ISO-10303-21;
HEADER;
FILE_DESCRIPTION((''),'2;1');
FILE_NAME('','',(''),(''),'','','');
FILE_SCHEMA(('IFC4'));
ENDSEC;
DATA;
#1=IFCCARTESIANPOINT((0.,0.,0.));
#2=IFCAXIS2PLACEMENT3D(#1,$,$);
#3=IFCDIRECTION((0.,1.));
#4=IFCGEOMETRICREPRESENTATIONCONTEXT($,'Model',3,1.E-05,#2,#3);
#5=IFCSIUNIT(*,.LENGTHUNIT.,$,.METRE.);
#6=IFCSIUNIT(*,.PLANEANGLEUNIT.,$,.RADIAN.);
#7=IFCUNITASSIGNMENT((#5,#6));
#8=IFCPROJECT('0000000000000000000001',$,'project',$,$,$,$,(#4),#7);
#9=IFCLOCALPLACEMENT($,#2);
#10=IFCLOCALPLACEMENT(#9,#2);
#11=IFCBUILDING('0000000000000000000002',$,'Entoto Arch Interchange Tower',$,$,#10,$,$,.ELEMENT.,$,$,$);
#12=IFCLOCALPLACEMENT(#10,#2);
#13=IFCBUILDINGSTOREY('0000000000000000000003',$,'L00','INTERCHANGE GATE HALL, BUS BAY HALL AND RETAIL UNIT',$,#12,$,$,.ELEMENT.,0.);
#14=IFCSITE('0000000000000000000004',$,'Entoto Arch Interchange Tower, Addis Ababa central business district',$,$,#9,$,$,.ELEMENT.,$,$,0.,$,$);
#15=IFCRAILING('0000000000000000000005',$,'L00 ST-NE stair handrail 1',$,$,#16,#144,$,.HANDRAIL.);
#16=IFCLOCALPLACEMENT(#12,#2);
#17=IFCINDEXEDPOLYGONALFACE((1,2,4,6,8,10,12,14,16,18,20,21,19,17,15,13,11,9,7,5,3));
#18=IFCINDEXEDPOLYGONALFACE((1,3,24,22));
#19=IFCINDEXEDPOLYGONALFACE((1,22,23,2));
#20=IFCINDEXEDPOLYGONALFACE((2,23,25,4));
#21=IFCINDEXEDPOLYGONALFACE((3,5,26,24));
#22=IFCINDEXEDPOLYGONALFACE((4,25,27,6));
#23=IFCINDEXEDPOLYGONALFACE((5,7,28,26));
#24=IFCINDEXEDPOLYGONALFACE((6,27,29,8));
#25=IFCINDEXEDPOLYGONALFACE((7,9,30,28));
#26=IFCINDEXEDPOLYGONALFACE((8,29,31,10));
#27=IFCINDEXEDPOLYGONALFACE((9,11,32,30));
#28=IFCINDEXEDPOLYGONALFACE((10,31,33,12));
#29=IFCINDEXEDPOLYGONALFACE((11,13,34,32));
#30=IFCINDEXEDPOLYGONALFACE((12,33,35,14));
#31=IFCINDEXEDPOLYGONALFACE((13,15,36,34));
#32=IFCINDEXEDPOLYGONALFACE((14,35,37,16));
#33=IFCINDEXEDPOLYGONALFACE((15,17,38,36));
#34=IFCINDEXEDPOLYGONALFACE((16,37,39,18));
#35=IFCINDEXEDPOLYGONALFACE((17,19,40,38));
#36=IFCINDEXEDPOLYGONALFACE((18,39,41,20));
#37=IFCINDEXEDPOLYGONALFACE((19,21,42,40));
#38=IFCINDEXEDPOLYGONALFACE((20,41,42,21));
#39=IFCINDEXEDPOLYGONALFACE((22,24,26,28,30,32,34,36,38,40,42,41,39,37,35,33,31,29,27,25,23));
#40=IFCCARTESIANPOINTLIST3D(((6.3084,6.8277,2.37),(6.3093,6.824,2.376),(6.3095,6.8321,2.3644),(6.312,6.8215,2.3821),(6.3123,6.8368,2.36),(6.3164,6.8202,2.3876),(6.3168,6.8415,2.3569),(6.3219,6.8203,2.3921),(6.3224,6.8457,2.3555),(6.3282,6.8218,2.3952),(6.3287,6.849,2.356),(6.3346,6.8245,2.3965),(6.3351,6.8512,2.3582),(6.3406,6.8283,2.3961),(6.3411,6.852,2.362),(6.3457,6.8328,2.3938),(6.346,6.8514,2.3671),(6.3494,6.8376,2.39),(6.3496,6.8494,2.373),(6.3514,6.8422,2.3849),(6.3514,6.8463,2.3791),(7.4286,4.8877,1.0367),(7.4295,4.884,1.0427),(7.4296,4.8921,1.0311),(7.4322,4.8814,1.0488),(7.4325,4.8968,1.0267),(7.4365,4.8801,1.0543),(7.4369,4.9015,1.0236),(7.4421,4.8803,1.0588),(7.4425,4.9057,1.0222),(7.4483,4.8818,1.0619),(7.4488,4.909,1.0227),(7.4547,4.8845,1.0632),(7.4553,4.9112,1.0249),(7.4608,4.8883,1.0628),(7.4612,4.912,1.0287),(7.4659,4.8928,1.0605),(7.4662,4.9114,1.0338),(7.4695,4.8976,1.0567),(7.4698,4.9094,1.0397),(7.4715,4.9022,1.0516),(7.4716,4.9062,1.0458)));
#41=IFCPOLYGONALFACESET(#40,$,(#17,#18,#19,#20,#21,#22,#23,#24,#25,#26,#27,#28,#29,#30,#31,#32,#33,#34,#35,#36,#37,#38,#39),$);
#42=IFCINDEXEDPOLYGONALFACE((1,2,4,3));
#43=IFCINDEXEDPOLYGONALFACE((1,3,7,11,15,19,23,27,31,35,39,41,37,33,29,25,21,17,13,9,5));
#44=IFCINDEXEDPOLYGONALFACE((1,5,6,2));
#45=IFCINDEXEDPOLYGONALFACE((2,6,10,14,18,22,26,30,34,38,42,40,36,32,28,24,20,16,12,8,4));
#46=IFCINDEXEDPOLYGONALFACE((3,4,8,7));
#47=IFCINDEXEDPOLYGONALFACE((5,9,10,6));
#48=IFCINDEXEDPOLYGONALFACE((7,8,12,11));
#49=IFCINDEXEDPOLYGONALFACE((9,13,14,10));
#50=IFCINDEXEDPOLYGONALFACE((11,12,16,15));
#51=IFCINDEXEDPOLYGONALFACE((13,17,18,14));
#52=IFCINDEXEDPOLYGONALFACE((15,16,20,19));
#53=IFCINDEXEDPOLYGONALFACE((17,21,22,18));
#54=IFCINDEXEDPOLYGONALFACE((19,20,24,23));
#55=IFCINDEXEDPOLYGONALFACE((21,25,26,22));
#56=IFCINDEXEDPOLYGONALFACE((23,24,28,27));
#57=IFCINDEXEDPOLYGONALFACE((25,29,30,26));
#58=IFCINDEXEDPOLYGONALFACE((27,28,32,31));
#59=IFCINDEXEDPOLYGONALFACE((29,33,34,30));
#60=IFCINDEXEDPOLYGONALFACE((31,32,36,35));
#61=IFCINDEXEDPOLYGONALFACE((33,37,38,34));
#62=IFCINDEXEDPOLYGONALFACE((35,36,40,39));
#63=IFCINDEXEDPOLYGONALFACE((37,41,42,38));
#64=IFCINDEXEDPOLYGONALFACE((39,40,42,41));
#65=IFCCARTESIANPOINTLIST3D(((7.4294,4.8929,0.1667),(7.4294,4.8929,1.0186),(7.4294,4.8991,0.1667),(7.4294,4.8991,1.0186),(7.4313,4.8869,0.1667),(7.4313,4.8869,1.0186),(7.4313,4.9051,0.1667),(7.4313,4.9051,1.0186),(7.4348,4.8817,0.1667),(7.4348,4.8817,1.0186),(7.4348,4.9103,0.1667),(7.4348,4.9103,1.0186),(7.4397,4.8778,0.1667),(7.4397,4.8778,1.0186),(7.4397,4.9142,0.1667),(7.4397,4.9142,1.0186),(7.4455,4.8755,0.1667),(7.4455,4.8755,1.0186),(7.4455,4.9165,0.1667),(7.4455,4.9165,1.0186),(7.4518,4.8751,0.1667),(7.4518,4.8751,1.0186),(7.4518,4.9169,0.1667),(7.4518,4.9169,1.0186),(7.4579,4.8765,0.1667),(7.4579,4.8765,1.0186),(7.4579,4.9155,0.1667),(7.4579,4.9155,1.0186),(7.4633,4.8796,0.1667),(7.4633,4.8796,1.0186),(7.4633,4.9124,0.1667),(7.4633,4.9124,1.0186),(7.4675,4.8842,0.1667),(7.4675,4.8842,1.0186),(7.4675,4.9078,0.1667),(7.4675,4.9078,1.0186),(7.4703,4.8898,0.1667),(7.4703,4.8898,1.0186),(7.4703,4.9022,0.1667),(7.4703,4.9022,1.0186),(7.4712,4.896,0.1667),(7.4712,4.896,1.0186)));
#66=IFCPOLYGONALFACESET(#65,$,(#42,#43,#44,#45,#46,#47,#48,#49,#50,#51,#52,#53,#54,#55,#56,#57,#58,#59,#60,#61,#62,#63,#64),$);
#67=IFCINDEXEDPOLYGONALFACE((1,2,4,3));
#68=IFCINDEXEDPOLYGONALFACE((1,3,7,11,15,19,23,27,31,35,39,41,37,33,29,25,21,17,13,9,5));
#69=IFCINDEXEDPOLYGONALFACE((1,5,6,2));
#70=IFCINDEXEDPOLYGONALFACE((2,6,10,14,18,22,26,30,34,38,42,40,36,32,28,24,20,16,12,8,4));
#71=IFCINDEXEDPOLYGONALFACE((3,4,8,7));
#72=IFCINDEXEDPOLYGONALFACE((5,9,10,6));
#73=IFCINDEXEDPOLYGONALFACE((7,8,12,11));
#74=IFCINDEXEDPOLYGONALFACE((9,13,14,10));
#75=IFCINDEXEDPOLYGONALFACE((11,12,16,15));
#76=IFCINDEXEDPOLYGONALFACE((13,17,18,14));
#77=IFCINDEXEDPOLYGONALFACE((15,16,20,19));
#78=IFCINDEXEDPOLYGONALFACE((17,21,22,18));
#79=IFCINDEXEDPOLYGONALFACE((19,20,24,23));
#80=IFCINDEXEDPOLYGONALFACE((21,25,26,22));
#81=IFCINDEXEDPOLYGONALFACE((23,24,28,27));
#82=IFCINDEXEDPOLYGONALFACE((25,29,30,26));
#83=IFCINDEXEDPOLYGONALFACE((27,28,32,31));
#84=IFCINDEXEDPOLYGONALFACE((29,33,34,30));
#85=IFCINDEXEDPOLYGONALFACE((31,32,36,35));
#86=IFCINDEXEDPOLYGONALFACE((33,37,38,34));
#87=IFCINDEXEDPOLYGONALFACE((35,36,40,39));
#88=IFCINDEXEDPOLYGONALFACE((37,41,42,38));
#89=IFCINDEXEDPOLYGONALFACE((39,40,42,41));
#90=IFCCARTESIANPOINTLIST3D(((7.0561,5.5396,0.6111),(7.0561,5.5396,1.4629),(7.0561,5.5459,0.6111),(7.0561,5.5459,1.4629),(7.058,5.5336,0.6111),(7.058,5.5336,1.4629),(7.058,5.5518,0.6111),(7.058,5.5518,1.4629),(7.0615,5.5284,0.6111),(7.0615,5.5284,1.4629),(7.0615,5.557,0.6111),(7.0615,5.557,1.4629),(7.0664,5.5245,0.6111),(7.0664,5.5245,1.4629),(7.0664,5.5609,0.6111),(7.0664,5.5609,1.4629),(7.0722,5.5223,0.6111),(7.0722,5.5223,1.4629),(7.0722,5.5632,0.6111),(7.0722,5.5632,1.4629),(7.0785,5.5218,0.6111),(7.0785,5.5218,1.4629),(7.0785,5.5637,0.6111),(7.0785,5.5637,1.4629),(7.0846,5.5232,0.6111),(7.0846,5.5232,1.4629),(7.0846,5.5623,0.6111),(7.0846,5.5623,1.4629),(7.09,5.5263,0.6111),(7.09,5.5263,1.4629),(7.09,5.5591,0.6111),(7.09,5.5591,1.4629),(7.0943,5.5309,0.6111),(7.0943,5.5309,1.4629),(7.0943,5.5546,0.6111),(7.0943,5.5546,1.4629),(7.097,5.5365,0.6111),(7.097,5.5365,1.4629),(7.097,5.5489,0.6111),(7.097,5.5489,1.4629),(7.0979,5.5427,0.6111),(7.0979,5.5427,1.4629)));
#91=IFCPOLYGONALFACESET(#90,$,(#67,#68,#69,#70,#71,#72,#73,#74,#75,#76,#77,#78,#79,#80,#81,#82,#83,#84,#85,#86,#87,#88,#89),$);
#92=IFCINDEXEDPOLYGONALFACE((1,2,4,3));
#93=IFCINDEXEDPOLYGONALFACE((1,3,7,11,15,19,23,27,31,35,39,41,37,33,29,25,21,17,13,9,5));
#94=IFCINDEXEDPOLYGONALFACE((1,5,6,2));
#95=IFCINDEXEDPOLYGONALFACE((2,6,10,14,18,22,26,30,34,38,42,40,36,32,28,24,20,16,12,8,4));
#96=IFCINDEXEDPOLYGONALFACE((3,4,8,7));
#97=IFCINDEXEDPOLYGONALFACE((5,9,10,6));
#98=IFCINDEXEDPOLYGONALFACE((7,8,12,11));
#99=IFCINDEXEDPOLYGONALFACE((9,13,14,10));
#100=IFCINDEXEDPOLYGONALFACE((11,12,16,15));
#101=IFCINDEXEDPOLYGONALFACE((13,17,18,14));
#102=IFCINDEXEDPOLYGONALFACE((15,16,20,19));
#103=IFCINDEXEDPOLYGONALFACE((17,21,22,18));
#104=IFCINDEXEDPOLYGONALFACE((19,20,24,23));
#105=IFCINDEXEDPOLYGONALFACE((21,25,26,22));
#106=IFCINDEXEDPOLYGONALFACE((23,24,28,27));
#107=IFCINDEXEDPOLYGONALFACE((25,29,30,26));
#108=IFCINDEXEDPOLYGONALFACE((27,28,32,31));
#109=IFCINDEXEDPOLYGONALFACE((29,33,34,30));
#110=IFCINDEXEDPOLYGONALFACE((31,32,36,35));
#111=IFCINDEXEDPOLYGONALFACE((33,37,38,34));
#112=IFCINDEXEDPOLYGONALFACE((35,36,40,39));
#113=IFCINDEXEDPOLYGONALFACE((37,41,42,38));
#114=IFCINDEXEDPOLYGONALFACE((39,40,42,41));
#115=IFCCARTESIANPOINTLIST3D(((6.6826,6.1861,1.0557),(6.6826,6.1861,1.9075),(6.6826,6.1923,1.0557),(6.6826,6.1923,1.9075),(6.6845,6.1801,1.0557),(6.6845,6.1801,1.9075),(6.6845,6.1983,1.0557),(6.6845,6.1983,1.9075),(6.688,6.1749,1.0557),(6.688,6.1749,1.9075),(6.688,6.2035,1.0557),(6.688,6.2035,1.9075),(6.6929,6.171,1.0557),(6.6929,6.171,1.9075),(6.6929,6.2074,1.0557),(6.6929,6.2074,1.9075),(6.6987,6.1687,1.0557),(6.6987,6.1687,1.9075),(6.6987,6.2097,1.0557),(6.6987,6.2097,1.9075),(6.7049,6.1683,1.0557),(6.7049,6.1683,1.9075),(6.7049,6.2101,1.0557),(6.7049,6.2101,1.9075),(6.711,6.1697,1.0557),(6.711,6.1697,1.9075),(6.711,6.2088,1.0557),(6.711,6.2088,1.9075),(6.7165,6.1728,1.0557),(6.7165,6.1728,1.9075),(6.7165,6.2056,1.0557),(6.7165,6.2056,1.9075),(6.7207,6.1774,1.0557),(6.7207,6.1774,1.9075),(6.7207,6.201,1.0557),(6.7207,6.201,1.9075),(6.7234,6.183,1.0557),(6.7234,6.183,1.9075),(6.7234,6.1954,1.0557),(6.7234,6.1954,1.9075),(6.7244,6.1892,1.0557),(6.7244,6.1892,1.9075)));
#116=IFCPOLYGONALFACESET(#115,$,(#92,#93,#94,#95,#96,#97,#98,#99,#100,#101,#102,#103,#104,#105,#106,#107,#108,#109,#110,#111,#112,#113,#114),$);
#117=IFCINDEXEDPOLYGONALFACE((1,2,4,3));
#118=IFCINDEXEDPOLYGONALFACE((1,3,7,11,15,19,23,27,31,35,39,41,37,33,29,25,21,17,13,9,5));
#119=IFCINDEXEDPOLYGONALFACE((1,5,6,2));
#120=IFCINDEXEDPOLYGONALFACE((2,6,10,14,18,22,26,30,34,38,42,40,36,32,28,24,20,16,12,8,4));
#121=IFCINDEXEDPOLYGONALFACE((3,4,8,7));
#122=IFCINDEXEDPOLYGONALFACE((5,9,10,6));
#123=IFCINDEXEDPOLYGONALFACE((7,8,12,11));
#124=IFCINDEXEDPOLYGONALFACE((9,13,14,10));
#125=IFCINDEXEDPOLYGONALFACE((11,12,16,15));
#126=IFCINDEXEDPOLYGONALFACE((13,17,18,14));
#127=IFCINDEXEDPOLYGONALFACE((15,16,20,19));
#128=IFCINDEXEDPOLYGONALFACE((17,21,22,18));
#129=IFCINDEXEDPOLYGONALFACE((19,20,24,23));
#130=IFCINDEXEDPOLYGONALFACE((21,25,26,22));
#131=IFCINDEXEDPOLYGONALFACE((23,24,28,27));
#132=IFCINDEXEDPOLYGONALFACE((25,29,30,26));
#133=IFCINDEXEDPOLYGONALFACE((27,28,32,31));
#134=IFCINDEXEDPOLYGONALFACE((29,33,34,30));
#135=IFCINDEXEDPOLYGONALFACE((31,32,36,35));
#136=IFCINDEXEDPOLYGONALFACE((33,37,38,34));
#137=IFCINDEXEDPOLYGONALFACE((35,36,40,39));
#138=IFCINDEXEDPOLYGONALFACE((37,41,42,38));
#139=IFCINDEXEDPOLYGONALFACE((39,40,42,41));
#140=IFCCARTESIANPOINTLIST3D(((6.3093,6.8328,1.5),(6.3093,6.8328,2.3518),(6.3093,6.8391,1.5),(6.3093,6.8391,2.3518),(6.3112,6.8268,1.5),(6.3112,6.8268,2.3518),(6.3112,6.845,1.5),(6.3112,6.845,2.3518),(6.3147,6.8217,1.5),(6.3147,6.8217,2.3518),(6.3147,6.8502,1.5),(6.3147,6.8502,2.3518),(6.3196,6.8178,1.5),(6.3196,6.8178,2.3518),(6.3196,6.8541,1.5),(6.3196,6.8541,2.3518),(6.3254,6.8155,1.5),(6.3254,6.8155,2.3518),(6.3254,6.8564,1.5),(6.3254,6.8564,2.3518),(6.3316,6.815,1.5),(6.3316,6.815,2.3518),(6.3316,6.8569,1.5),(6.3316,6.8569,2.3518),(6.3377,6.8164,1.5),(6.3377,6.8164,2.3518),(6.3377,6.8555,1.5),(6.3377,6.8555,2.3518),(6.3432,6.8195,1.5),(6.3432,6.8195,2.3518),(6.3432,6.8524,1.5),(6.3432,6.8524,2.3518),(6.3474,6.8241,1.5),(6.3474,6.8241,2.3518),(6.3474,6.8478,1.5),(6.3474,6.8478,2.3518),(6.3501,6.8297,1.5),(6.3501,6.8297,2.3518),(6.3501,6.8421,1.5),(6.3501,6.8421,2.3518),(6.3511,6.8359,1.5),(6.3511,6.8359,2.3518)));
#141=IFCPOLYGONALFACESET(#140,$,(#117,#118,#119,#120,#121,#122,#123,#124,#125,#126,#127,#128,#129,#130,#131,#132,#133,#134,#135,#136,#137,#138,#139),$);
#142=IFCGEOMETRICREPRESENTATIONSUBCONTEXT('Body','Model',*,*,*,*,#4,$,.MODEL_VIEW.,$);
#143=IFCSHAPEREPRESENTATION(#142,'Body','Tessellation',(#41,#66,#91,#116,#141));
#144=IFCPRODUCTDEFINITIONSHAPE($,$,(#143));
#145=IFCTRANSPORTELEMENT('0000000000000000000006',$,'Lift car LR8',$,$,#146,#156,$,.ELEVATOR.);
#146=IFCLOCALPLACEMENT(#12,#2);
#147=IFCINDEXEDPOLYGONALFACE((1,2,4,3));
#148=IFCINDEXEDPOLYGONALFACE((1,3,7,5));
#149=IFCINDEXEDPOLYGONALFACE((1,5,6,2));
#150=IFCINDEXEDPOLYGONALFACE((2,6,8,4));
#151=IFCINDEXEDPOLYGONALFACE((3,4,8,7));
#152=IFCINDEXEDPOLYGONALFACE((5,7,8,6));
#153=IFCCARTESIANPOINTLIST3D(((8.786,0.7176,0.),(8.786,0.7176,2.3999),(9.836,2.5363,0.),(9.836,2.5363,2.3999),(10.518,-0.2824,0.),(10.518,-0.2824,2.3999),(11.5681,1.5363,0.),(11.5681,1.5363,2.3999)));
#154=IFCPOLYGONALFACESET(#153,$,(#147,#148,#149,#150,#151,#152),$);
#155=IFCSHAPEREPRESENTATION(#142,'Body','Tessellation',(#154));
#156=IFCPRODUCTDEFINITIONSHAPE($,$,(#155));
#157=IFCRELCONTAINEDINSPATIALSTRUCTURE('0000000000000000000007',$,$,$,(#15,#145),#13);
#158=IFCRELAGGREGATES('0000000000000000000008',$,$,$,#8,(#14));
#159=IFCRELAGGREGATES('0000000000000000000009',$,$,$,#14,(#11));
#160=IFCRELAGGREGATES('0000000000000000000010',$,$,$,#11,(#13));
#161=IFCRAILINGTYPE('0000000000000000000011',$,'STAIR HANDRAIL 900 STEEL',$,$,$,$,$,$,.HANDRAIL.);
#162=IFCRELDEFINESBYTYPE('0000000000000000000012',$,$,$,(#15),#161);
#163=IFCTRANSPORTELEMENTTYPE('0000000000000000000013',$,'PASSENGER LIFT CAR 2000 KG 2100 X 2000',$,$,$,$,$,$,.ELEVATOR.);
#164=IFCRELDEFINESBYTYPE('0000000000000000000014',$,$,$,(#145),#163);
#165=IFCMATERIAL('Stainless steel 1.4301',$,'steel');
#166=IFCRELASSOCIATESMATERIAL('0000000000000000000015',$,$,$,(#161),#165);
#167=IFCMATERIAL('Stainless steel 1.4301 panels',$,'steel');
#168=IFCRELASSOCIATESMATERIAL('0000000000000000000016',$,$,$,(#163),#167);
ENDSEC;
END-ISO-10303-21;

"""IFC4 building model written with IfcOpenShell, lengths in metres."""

from ifc_helpers import new_model, si_unit, direction, frame, origin, origin_2d, place, context, subcontext, project, spatial, rectangle, circle, extrude, material, type_object, element, save


model = new_model("IFC4")

# Units and contexts
model_context = context("Model", 3, precision=1e-05, world=origin(), true_north=direction((0.0, 1.0)))
body_context = subcontext(model_context, "Body", "Model", "MODEL_VIEW")
ifc_project = project(units=[si_unit("LENGTHUNIT", "METRE"), si_unit("PLANEANGLEUNIT", "RADIAN")], contexts=[model_context])

# Site, building, storey
site_placement = place(None, origin())
site = spatial("IfcSite", under=ifc_project, at=site_placement, Name="Entoto Arch Interchange Tower, Addis Ababa central business district", CompositionType="ELEMENT", RefElevation=0.0)
building_placement = place(site_placement, origin())
building = spatial("IfcBuilding", under=site, at=building_placement, Name="Entoto Arch Interchange Tower", CompositionType="ELEMENT")
storey_placement = place(building_placement, origin())
storey = spatial("IfcBuildingStorey", under=building, at=storey_placement, Name="L00", Description="INTERCHANGE GATE HALL, BUS BAY HALL AND RETAIL UNIT", CompositionType="ELEMENT", Elevation=0.0)

# Railing
ifc_material_1 = material(Name="Stainless steel 1.4301", Category="steel")
railing_type_1 = type_object("IfcRailingType", Name="STAIR HANDRAIL 900 STEEL", PredefinedType="HANDRAIL", material=ifc_material_1)
railing_1_placement = place(storey_placement, frame((7.4502, 4.896, 0.1667)))
element("IfcRailing", 1, at=railing_1_placement, inside=storey, type_object=railing_type_1, Name="L00 ST-NE stair handrail 1", PredefinedType="HANDRAIL", context=body_context, shape_type="SweptSolid", body=[
    extrude(circle(Radius=0.0239, at=origin_2d()), frame((0.0, 0.0, 0.876), z_axis=(-0.429684, 0.744175, 0.511444), x_axis=(-0.866008, -0.500031, 0.0)), (0.0, 0.0, 1.0), 2.6069),
    extrude(circle(Radius=0.021, at=origin_2d()), origin(), (0.0, 0.0, 1.0), 0.8518),
    extrude(circle(Radius=0.021, at=origin_2d()), frame((-0.3733, 0.6467, 0.4443)), (0.0, 0.0, 1.0), 0.8518),
    extrude(circle(Radius=0.021, at=origin_2d()), frame((-0.7468, 1.2932, 0.8889)), (0.0, 0.0, 1.0), 0.8518),
    extrude(circle(Radius=0.021, at=origin_2d()), frame((-1.1201, 1.9399, 1.3333)), (0.0, 0.0, 1.0), 0.8518),
])

# Transport element
ifc_material_2 = material(Name="Stainless steel 1.4301 panels", Category="steel")
transport_element_type = type_object("IfcTransportElementType", Name="PASSENGER LIFT CAR 2000 KG 2100 X 2000", PredefinedType="ELEVATOR", material=ifc_material_2)
transport_element_placement = place(storey_placement, frame((10.177, 1.127, 0.0), z_axis=(0.0, 0.0, 1.0), x_axis=(-0.5, -0.866025, 0.0)))
element("IfcTransportElement", 2, at=transport_element_placement, inside=storey, type_object=transport_element_type, Name="Lift car LR8", PredefinedType="ELEVATOR", context=body_context, shape_type="SweptSolid", body=[
    extrude(rectangle(XDim=2.1001, YDim=2.0, at=origin_2d()), origin(), (0.0, 0.0, 1.0), 2.3999),
])

save(model, "model.ifc")
